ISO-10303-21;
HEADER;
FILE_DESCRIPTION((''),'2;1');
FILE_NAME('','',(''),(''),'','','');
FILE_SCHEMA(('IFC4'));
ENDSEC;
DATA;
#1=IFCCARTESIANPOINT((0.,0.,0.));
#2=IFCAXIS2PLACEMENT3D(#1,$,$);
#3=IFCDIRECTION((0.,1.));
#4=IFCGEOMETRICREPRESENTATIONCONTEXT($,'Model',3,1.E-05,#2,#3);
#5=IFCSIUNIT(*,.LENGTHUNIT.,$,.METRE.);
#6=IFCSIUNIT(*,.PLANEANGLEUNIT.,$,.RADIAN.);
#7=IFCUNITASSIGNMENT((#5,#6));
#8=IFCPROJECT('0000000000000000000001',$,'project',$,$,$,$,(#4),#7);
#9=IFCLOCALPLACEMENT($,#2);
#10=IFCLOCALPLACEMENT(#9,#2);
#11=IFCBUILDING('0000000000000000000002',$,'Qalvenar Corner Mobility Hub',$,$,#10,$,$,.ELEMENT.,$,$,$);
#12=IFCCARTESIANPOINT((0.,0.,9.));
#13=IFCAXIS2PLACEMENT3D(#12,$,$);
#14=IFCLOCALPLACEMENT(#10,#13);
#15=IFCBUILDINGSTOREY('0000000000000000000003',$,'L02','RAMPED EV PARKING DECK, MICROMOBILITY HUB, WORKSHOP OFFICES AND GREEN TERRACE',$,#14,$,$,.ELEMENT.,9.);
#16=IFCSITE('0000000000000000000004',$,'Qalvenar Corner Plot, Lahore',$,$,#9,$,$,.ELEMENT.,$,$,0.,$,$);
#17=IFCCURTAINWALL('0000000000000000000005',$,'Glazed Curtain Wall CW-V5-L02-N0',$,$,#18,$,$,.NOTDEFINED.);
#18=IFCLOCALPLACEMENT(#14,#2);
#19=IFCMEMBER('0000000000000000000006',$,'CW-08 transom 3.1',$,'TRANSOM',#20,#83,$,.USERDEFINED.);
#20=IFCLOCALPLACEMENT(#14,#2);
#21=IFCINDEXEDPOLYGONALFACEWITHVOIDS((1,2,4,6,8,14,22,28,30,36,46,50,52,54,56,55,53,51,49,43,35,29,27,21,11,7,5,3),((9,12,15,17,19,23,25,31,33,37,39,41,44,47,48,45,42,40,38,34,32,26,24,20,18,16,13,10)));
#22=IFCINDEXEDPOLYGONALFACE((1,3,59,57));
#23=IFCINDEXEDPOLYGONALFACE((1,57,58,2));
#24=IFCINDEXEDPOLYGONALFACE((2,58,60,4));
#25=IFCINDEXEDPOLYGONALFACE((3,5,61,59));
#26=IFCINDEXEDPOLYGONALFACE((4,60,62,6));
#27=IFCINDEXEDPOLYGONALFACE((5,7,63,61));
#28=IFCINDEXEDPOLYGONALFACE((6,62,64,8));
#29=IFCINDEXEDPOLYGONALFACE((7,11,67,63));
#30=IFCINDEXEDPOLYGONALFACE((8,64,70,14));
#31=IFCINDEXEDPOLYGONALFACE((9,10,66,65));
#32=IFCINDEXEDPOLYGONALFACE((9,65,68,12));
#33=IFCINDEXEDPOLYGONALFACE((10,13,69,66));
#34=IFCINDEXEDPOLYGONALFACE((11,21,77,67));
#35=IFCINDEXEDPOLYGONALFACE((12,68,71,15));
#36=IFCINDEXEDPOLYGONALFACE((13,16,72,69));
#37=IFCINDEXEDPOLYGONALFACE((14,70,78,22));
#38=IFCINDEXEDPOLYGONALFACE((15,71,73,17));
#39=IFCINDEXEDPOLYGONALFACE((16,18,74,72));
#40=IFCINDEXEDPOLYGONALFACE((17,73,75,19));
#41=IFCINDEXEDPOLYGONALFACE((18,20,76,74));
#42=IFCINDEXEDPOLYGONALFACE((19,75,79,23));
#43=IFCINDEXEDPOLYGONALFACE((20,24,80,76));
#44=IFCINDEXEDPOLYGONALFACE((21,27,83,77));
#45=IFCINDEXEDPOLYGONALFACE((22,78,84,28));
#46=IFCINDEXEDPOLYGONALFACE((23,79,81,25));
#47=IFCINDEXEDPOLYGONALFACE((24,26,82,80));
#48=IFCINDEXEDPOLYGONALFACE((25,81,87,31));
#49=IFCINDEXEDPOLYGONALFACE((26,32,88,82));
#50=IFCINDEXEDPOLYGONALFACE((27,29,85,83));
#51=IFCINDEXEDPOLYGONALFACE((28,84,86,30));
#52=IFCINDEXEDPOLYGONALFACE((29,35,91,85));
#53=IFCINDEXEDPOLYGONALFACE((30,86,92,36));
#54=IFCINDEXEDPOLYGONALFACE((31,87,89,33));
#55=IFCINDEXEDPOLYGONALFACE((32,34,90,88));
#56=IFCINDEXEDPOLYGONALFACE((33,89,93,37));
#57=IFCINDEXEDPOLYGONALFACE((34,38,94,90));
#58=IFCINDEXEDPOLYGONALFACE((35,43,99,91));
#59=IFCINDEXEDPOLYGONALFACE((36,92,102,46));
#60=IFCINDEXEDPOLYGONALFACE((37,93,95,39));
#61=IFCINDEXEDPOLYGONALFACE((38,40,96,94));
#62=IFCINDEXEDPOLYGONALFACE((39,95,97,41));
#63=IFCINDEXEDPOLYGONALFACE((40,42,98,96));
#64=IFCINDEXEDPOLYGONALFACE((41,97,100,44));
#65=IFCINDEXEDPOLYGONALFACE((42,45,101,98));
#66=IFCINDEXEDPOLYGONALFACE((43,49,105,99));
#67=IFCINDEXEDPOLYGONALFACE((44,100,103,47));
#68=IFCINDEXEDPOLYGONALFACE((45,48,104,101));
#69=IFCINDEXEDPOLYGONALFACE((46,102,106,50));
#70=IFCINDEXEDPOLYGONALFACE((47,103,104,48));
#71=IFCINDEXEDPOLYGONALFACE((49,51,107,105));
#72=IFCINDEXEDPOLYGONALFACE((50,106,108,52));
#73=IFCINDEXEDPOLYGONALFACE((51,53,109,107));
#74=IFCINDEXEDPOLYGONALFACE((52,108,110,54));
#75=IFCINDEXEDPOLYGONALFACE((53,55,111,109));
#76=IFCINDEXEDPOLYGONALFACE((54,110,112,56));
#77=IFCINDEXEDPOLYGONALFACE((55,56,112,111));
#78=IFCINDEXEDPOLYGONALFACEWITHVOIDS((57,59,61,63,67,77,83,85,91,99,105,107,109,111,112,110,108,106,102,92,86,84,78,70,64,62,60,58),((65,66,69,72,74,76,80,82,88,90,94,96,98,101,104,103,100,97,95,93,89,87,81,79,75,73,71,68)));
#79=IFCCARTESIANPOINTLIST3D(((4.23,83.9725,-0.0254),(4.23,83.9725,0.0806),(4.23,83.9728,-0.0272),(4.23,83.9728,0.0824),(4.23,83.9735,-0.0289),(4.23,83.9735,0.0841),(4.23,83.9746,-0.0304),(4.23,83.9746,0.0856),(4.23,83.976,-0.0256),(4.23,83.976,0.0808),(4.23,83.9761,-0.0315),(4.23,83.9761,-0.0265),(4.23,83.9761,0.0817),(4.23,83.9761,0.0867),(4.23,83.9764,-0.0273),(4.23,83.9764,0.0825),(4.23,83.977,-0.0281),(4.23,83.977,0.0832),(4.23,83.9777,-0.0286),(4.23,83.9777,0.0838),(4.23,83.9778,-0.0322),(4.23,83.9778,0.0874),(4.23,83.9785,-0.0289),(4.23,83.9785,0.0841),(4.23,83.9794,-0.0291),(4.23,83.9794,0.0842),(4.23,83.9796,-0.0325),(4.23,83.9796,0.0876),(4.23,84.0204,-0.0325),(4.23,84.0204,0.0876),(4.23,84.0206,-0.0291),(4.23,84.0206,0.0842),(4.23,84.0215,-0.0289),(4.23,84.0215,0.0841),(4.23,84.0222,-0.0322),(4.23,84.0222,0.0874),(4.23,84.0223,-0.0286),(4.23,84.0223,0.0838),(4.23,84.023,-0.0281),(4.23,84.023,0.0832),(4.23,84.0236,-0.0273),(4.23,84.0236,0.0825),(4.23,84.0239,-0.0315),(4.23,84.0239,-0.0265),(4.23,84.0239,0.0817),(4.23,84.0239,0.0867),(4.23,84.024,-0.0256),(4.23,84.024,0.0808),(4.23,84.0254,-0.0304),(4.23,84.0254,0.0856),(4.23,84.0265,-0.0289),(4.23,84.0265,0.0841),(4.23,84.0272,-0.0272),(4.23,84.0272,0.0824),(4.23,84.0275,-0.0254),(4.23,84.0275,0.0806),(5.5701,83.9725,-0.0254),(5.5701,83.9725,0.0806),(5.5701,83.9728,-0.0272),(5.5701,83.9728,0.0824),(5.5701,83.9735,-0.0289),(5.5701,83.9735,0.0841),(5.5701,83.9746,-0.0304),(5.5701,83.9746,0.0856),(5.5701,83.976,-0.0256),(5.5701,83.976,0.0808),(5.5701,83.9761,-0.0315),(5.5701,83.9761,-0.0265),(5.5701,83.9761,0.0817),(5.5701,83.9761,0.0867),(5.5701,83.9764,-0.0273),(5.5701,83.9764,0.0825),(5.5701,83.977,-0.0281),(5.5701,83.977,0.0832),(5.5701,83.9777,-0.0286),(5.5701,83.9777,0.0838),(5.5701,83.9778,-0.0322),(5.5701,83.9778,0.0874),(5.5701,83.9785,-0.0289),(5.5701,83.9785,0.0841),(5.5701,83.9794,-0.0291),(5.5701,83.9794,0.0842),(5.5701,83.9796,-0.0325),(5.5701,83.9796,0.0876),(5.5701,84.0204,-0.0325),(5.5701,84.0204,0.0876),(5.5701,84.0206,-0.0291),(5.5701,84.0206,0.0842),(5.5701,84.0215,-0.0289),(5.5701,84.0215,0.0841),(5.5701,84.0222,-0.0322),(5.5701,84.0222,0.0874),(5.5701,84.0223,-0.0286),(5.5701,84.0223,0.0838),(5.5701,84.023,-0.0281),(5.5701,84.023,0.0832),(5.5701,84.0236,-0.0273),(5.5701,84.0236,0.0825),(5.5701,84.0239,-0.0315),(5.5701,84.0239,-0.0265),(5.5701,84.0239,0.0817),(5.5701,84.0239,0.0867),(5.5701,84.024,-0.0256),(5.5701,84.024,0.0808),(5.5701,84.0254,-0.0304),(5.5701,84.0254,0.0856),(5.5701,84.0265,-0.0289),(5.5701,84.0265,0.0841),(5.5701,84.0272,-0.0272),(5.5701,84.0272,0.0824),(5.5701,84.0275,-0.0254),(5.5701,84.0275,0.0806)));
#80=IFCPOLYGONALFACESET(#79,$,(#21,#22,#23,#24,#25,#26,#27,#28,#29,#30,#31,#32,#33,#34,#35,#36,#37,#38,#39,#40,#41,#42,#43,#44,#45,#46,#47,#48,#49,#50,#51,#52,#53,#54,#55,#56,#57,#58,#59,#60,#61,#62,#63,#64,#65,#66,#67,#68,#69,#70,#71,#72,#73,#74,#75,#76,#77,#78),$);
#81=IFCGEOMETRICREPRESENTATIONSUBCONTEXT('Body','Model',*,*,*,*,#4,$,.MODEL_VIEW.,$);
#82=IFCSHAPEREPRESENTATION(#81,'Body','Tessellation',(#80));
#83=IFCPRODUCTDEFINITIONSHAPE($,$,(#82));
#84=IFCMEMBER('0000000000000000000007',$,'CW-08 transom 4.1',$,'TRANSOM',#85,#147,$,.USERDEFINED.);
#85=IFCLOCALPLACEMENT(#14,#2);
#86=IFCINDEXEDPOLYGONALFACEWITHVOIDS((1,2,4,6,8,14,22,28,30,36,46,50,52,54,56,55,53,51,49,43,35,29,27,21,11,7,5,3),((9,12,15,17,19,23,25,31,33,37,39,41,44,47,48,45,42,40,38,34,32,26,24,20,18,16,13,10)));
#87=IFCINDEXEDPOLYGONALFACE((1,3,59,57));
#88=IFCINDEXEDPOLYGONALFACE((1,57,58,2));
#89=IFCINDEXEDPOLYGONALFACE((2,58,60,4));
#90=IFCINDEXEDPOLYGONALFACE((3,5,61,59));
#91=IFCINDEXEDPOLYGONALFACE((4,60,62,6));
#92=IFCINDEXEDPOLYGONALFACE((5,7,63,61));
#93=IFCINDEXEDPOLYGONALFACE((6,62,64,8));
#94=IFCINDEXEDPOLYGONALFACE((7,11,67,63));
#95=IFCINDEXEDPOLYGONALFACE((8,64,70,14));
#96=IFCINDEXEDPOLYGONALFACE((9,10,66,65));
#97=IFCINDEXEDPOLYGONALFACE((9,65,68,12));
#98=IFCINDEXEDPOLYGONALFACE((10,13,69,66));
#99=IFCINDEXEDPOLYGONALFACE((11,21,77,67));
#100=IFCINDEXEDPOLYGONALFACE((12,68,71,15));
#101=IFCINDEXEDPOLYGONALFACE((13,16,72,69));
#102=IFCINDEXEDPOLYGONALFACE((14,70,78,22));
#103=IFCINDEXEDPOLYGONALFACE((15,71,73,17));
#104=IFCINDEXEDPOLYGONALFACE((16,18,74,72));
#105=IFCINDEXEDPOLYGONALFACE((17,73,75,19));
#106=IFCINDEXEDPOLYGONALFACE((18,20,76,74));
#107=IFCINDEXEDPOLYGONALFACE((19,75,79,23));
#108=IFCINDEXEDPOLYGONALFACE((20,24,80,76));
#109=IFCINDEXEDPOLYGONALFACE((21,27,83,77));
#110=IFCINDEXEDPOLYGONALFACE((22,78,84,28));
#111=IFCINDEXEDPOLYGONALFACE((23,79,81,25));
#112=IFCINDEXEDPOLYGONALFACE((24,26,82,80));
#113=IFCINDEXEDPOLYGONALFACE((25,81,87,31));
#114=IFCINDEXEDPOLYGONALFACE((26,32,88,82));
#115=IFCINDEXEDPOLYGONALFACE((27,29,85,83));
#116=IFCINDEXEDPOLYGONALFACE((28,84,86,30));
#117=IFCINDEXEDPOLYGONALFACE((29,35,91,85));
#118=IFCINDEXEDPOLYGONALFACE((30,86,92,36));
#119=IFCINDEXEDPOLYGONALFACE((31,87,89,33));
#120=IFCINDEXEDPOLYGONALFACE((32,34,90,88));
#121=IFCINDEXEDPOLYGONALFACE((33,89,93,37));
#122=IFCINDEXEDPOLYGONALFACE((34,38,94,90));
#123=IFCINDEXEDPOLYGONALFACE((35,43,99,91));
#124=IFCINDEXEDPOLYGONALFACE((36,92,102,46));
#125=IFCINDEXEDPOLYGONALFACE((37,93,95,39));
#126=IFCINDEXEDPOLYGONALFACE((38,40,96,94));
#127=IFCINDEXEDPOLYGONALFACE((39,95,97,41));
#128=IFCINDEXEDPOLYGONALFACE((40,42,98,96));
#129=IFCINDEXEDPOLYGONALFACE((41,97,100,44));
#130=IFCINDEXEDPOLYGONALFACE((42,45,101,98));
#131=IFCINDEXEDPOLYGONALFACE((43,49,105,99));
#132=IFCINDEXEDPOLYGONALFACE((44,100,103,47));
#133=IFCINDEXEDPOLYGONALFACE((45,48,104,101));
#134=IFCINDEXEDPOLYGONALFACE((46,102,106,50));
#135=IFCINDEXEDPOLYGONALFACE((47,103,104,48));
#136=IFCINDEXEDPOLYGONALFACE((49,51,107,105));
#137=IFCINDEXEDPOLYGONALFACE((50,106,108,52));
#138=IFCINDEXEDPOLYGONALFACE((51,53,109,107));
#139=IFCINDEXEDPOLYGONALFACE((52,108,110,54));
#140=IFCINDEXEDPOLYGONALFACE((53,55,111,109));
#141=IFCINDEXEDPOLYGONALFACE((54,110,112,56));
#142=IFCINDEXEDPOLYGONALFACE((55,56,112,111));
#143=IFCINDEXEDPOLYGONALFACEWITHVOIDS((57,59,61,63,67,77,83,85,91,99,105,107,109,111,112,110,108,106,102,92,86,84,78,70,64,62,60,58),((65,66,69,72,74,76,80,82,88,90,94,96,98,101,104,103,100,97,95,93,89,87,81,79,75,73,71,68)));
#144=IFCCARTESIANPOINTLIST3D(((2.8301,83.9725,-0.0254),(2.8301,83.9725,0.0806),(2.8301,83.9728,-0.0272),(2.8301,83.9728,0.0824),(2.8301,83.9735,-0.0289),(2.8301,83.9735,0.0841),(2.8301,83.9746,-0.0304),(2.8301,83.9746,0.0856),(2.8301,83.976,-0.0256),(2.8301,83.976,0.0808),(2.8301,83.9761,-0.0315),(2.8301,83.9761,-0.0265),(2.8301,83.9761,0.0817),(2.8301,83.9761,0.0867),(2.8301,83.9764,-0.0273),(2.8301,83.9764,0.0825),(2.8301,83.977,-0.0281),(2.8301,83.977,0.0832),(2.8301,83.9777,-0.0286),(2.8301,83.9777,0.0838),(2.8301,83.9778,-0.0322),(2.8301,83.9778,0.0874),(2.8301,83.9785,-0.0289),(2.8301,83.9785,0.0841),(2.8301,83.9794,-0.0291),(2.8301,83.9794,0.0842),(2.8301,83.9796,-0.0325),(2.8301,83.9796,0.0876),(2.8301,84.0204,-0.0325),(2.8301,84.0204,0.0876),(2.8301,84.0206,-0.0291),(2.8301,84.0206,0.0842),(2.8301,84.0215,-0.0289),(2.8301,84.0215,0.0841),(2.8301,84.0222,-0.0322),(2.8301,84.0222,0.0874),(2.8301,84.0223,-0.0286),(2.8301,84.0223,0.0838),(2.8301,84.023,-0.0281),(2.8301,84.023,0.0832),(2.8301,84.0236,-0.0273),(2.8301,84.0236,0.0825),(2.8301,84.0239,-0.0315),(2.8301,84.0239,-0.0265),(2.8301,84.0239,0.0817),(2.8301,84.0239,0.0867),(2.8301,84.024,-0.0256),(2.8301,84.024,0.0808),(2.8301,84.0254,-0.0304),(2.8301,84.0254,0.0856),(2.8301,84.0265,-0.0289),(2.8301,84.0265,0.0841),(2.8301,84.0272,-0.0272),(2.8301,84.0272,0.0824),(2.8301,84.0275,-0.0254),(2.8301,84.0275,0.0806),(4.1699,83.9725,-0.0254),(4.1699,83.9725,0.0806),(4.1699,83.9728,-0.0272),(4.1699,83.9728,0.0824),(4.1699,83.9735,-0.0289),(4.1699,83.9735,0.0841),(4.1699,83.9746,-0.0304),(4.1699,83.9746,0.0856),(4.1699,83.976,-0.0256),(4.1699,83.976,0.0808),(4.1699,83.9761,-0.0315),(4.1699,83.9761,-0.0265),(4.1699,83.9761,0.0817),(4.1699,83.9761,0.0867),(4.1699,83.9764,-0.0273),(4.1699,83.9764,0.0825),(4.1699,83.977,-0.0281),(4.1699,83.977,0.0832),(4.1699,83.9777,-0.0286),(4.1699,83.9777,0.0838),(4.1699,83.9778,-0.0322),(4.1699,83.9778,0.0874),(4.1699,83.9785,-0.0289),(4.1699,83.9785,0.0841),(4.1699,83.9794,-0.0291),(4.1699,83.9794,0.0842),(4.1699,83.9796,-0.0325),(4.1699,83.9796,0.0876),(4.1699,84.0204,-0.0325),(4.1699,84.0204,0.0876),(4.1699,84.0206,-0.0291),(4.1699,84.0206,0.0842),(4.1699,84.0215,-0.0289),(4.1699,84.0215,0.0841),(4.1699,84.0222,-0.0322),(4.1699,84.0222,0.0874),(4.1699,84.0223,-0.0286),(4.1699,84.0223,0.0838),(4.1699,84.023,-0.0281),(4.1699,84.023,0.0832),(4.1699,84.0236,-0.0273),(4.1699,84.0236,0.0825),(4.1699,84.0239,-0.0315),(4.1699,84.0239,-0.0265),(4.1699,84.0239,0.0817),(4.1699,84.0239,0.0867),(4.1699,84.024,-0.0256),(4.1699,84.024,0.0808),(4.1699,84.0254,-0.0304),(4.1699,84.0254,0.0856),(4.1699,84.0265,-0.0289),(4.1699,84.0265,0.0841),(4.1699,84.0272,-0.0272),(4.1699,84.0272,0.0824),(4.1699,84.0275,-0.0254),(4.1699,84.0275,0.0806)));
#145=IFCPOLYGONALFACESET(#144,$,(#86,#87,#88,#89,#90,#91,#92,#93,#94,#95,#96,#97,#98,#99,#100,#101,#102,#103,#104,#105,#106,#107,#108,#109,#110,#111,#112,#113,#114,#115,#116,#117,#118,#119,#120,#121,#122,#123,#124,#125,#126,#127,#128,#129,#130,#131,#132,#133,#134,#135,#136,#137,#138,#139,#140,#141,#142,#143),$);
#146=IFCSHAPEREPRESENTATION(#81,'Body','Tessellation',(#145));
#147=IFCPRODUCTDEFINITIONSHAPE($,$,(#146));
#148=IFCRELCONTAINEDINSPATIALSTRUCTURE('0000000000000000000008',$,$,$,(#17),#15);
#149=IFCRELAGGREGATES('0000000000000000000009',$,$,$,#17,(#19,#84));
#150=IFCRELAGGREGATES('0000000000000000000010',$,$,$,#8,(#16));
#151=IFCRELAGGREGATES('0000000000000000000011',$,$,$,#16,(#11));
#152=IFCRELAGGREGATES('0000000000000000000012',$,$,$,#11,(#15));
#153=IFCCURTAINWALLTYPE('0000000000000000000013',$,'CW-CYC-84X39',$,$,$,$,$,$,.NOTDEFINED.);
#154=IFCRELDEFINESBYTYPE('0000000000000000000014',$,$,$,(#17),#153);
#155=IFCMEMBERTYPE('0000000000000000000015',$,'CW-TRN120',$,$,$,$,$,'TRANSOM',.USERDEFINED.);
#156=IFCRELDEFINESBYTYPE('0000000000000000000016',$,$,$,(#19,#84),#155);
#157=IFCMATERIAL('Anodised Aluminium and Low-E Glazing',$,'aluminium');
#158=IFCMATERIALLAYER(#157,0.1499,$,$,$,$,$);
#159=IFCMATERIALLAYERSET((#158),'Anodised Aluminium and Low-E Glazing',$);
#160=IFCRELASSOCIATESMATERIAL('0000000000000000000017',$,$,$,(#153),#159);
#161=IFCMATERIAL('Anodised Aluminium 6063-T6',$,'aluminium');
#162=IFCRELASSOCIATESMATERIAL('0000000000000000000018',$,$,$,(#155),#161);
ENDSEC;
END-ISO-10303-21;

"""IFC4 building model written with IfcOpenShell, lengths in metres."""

from ifc_helpers import new_model, si_unit, direction, frame, origin, origin_2d, place, context, subcontext, project, spatial, hollow_rectangle, extrude, material, layer, layer_set, material_profile, profile_set, type_object, element, aggregate, save


model = new_model("IFC4")

# Units and contexts
model_context = context("Model", 3, precision=1e-05, world=origin(), true_north=direction((0.0, 1.0)))
body_context = subcontext(model_context, "Body", "Model", "MODEL_VIEW")
ifc_project = project(units=[si_unit("LENGTHUNIT", "METRE"), si_unit("PLANEANGLEUNIT", "RADIAN")], contexts=[model_context])

# Site, building, storey
site_placement = place(None, origin())
site = spatial("IfcSite", under=ifc_project, at=site_placement, Name="Qalvenar Corner Plot, Lahore", CompositionType="ELEMENT", RefElevation=0.0)
building_placement = place(site_placement, origin())
building = spatial("IfcBuilding", under=site, at=building_placement, Name="Qalvenar Corner Mobility Hub", CompositionType="ELEMENT")
storey_placement = place(building_placement, frame((0.0, 0.0, 9.0)))
storey = spatial("IfcBuildingStorey", under=building, at=storey_placement, Name="L02", Description="RAMPED EV PARKING DECK, MICROMOBILITY HUB, WORKSHOP OFFICES AND GREEN TERRACE", CompositionType="ELEMENT", Elevation=9.0)

# Shared definitions
ifc_material_1 = material(Name="Anodised Aluminium and Low-E Glazing", Category="aluminium")
ifc_layer_1 = layer(ifc_material_1, 0.1499)
ifc_layer_set_1 = layer_set([ifc_layer_1], Name="Anodised Aluminium and Low-E Glazing")
curtain_wall_type = type_object("IfcCurtainWallType", Name="CW-CYC-84X39", PredefinedType="NOTDEFINED", material=ifc_layer_set_1)
ifc_material_2 = material(Name="Anodised Aluminium 6063-T6", Category="aluminium")

# Curtain wall
curtain_wall_1_placement = place(storey_placement, origin())
curtain_wall_1 = element("IfcCurtainWall", 1, at=curtain_wall_1_placement, inside=storey, type_object=curtain_wall_type, Name="Glazed Curtain Wall CW-V5-L02-N0", PredefinedType="NOTDEFINED")

# Members
ifc_material_profile_1 = material_profile(ifc_material_2, hollow_rectangle(XDim=0.0549, YDim=0.1201, WallThickness=0.0034, InnerFilletRadius=0.0034, OuterFilletRadius=0.0071, at=origin_2d()), Name="RHS120x55x3.5")
ifc_profile_set_1 = profile_set([ifc_material_profile_1], Name="Anodised Aluminium 6063-T6")
member_type_1 = type_object("IfcMemberType", Name="CW-TRN120", ElementType="TRANSOM", PredefinedType="USERDEFINED", material=ifc_profile_set_1)
member_1_placement = place(storey_placement, frame((5.5701, 84.0, 0.0276), z_axis=(-1.0, 0.0, 0.0), x_axis=(0.0, -1.0, 0.0)))
member_1 = element("IfcMember", 2, at=member_1_placement, type_object=member_type_1, Name="CW-08 transom 3.1", ObjectType="TRANSOM", PredefinedType="USERDEFINED", context=body_context, shape_type="SweptSolid", body=[
    extrude(hollow_rectangle(XDim=0.0549, YDim=0.1201, WallThickness=0.0034, InnerFilletRadius=0.0034, OuterFilletRadius=0.0071, at=origin_2d()), origin(), (0.0, 0.0, 1.0), 1.3401),
])
member_2_placement = place(storey_placement, frame((4.1699, 84.0, 0.0276), z_axis=(-1.0, 0.0, 0.0), x_axis=(0.0, -1.0, 0.0)))
member_2 = element("IfcMember", 3, at=member_2_placement, type_object=member_type_1, Name="CW-08 transom 4.1", ObjectType="TRANSOM", PredefinedType="USERDEFINED", context=body_context, shape_type="SweptSolid", body=[
    extrude(hollow_rectangle(XDim=0.0549, YDim=0.1201, WallThickness=0.0034, InnerFilletRadius=0.0034, OuterFilletRadius=0.0071, at=origin_2d()), origin(), (0.0, 0.0, 1.0), 1.3398),
])

aggregate(curtain_wall_1, [member_1, member_2])

save(model, "model.ifc")
